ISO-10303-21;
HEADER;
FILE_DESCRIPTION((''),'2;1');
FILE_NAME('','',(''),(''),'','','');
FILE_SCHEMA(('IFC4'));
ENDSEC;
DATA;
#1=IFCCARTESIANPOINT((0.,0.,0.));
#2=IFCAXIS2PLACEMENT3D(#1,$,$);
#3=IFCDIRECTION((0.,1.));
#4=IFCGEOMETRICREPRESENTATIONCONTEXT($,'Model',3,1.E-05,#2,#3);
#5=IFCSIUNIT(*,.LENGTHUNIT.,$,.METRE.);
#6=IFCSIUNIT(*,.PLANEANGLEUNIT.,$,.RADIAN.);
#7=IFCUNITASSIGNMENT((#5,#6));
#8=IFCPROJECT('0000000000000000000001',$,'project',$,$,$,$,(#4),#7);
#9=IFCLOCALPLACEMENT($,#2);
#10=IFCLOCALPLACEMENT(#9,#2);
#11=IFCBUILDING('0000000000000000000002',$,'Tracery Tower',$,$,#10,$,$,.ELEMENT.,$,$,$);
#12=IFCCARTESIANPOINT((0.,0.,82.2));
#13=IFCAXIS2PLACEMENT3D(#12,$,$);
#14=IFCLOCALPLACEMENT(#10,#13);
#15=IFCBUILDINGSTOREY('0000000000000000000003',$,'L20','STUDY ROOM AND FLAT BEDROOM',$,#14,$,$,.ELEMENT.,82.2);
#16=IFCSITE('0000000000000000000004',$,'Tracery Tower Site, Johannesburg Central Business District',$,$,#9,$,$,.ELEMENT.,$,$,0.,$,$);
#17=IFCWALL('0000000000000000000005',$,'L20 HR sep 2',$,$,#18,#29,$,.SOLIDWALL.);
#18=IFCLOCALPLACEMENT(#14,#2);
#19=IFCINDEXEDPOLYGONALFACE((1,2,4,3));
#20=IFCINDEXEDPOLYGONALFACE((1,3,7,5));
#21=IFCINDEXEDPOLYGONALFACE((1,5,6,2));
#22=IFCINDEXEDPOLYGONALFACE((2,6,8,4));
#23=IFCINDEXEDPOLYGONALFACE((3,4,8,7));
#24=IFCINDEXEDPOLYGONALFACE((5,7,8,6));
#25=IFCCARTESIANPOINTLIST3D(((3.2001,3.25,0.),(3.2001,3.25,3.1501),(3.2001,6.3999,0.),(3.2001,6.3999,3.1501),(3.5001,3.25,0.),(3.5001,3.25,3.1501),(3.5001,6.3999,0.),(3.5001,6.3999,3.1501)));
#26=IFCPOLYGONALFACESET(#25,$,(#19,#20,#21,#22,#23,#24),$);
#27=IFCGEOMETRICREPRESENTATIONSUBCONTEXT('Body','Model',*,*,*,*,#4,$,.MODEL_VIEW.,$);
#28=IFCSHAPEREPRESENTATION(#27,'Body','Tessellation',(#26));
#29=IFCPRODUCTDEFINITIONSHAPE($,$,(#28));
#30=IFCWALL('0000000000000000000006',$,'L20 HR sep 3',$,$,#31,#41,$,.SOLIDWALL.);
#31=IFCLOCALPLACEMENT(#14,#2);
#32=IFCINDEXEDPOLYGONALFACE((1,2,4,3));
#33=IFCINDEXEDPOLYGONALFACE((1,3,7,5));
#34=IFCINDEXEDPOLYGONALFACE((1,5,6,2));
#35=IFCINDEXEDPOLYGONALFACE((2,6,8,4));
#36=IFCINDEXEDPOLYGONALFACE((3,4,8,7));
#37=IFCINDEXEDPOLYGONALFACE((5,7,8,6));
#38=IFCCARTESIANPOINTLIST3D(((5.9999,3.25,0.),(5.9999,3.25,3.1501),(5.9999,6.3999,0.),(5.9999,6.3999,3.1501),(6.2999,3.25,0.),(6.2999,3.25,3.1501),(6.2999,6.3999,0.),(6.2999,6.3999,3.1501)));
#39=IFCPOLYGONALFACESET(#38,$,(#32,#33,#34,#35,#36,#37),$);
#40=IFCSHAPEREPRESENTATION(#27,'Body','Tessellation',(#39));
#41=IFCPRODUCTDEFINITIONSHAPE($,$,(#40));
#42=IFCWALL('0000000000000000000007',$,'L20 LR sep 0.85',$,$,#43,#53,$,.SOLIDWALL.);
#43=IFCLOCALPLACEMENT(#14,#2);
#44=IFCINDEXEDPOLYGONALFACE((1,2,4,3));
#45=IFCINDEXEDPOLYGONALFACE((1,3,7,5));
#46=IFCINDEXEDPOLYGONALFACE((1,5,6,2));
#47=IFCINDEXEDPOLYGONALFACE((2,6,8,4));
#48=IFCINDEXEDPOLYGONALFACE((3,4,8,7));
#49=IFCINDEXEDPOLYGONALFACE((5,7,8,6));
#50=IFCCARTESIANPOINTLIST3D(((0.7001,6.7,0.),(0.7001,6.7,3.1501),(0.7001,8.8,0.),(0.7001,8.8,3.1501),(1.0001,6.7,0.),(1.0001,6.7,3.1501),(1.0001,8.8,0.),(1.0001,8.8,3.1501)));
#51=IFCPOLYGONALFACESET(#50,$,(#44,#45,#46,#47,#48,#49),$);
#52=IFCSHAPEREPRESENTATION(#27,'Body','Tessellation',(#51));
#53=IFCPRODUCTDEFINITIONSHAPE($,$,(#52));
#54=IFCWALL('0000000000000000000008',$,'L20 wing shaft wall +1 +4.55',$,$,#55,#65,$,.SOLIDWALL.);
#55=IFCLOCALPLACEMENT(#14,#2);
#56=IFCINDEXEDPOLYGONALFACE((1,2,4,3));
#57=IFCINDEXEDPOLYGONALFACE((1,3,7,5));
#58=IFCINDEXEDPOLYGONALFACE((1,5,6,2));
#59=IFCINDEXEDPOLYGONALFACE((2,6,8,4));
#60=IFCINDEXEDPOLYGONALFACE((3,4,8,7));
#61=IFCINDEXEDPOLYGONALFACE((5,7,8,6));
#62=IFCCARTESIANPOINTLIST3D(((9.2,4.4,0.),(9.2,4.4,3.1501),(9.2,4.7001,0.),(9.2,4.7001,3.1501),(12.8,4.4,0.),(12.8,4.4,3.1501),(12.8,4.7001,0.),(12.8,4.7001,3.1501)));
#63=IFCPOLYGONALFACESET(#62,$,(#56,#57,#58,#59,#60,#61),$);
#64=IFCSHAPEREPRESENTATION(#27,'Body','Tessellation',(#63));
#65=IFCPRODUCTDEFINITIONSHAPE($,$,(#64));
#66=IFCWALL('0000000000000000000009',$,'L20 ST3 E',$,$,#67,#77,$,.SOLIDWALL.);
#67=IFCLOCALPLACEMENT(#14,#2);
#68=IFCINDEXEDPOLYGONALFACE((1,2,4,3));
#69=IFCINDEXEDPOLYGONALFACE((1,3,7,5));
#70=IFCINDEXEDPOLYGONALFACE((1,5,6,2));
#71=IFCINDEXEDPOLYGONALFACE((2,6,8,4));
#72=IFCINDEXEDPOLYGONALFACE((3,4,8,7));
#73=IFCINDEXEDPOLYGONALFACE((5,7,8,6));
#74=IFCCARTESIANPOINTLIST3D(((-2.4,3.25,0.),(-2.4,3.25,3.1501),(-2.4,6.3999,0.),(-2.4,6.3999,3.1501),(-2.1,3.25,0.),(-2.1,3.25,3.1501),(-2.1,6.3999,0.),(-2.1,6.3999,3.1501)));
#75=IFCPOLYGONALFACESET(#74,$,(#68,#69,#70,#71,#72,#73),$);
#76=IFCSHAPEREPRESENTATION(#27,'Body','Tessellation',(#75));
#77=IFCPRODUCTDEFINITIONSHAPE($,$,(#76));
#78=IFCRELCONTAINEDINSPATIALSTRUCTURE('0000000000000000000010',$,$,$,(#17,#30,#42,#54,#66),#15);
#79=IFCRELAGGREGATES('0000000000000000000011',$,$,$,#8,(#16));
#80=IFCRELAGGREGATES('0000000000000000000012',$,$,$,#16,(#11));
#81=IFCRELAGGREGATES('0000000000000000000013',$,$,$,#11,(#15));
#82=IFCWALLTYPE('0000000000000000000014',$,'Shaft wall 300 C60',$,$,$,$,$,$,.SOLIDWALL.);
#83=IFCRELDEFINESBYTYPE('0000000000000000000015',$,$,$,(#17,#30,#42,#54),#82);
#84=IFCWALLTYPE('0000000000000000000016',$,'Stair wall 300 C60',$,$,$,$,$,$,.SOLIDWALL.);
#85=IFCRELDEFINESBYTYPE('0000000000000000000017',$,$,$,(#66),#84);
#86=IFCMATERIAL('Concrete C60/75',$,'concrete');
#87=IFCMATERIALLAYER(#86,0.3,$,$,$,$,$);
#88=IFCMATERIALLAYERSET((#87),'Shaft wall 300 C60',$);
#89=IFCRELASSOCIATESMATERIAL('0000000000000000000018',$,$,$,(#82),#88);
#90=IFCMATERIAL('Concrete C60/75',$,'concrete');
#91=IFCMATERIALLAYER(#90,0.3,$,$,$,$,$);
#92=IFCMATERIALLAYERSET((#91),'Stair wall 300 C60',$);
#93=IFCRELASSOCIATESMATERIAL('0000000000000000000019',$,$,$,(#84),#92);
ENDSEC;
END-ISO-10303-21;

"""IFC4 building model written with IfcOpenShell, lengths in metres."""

from ifc_helpers import new_model, si_unit, direction, frame, frame_2d, origin, place, context, subcontext, project, spatial, rectangle, extrude, material, layer, layer_set, type_object, element, save


model = new_model("IFC4")

# Units and contexts
model_context = context("Model", 3, precision=1e-05, world=origin(), true_north=direction((0.0, 1.0)))
body_context = subcontext(model_context, "Body", "Model", "MODEL_VIEW")
ifc_project = project(units=[si_unit("LENGTHUNIT", "METRE"), si_unit("PLANEANGLEUNIT", "RADIAN")], contexts=[model_context])

# Site, building, storey
site_placement = place(None, origin())
site = spatial("IfcSite", under=ifc_project, at=site_placement, Name="Tracery Tower Site, Johannesburg Central Business District", CompositionType="ELEMENT", RefElevation=0.0)
building_placement = place(site_placement, origin())
building = spatial("IfcBuilding", under=site, at=building_placement, Name="Tracery Tower", CompositionType="ELEMENT")
storey_placement = place(building_placement, frame((0.0, 0.0, 82.2)))
storey = spatial("IfcBuildingStorey", under=building, at=storey_placement, Name="L20", Description="STUDY ROOM AND FLAT BEDROOM", CompositionType="ELEMENT", Elevation=82.2)

# Walls
ifc_material_1 = material(Name="Concrete C60/75", Category="concrete")
ifc_layer_1 = layer(ifc_material_1, 0.3)
ifc_layer_set_1 = layer_set([ifc_layer_1], Name="Shaft wall 300 C60")
wall_type_1 = type_object("IfcWallType", Name="Shaft wall 300 C60", PredefinedType="SOLIDWALL", material=ifc_layer_set_1)
for number, where, z_axis, x_axis, name in (
    (1, (3.3501, 3.25, 0.0), (0.0, 0.0, 1.0), (0.0, 1.0, 0.0), "L20 HR sep 2"),
    (2, (6.1499, 3.25, 0.0), (0.0, 0.0, 1.0), (0.0, 1.0, 0.0), "L20 HR sep 3"),
):
    element("IfcWall", number, at=place(storey_placement, frame(where, z_axis=z_axis, x_axis=x_axis)), inside=storey, type_object=wall_type_1, Name=name, PredefinedType="SOLIDWALL", context=body_context, shape_type="SweptSolid", body=[
        extrude(rectangle(XDim=3.1499, YDim=0.3, at=frame_2d((1.575, 0.0))), origin(), (0.0, 0.0, 1.0), 3.1501),
    ])
wall_1_placement = place(storey_placement, frame((0.8501, 6.7, 0.0), z_axis=(0.0, 0.0, 1.0), x_axis=(0.0, 1.0, 0.0)))
element("IfcWall", 3, at=wall_1_placement, inside=storey, type_object=wall_type_1, Name="L20 LR sep 0.85", PredefinedType="SOLIDWALL", context=body_context, shape_type="SweptSolid", body=[
    extrude(rectangle(XDim=2.1001, YDim=0.3, at=frame_2d((1.05, 0.0))), origin(), (0.0, 0.0, 1.0), 3.1501),
])
wall_2_placement = place(storey_placement, frame((9.2, 4.55, 0.0), z_axis=(0.0, 0.0, 1.0), x_axis=(1.0, 0.0, 0.0)))
element("IfcWall", 4, at=wall_2_placement, inside=storey, type_object=wall_type_1, Name="L20 wing shaft wall +1 +4.55", PredefinedType="SOLIDWALL", context=body_context, shape_type="SweptSolid", body=[
    extrude(rectangle(XDim=3.6001, YDim=0.3, at=frame_2d((1.8, 0.0))), origin(), (0.0, 0.0, 1.0), 3.1501),
])
ifc_material_2 = material(Name="Concrete C60/75", Category="concrete")
ifc_layer_2 = layer(ifc_material_2, 0.3)
ifc_layer_set_2 = layer_set([ifc_layer_2], Name="Stair wall 300 C60")
wall_type_2 = type_object("IfcWallType", Name="Stair wall 300 C60", PredefinedType="SOLIDWALL", material=ifc_layer_set_2)
wall_3_placement = place(storey_placement, frame((-2.25, 3.25, 0.0), z_axis=(0.0, 0.0, 1.0), x_axis=(0.0, 1.0, 0.0)))
element("IfcWall", 5, at=wall_3_placement, inside=storey, type_object=wall_type_2, Name="L20 ST3 E", PredefinedType="SOLIDWALL", context=body_context, shape_type="SweptSolid", body=[
    extrude(rectangle(XDim=3.1499, YDim=0.3, at=frame_2d((1.575, 0.0))), origin(), (0.0, 0.0, 1.0), 3.1501),
])

save(model, "model.ifc")
